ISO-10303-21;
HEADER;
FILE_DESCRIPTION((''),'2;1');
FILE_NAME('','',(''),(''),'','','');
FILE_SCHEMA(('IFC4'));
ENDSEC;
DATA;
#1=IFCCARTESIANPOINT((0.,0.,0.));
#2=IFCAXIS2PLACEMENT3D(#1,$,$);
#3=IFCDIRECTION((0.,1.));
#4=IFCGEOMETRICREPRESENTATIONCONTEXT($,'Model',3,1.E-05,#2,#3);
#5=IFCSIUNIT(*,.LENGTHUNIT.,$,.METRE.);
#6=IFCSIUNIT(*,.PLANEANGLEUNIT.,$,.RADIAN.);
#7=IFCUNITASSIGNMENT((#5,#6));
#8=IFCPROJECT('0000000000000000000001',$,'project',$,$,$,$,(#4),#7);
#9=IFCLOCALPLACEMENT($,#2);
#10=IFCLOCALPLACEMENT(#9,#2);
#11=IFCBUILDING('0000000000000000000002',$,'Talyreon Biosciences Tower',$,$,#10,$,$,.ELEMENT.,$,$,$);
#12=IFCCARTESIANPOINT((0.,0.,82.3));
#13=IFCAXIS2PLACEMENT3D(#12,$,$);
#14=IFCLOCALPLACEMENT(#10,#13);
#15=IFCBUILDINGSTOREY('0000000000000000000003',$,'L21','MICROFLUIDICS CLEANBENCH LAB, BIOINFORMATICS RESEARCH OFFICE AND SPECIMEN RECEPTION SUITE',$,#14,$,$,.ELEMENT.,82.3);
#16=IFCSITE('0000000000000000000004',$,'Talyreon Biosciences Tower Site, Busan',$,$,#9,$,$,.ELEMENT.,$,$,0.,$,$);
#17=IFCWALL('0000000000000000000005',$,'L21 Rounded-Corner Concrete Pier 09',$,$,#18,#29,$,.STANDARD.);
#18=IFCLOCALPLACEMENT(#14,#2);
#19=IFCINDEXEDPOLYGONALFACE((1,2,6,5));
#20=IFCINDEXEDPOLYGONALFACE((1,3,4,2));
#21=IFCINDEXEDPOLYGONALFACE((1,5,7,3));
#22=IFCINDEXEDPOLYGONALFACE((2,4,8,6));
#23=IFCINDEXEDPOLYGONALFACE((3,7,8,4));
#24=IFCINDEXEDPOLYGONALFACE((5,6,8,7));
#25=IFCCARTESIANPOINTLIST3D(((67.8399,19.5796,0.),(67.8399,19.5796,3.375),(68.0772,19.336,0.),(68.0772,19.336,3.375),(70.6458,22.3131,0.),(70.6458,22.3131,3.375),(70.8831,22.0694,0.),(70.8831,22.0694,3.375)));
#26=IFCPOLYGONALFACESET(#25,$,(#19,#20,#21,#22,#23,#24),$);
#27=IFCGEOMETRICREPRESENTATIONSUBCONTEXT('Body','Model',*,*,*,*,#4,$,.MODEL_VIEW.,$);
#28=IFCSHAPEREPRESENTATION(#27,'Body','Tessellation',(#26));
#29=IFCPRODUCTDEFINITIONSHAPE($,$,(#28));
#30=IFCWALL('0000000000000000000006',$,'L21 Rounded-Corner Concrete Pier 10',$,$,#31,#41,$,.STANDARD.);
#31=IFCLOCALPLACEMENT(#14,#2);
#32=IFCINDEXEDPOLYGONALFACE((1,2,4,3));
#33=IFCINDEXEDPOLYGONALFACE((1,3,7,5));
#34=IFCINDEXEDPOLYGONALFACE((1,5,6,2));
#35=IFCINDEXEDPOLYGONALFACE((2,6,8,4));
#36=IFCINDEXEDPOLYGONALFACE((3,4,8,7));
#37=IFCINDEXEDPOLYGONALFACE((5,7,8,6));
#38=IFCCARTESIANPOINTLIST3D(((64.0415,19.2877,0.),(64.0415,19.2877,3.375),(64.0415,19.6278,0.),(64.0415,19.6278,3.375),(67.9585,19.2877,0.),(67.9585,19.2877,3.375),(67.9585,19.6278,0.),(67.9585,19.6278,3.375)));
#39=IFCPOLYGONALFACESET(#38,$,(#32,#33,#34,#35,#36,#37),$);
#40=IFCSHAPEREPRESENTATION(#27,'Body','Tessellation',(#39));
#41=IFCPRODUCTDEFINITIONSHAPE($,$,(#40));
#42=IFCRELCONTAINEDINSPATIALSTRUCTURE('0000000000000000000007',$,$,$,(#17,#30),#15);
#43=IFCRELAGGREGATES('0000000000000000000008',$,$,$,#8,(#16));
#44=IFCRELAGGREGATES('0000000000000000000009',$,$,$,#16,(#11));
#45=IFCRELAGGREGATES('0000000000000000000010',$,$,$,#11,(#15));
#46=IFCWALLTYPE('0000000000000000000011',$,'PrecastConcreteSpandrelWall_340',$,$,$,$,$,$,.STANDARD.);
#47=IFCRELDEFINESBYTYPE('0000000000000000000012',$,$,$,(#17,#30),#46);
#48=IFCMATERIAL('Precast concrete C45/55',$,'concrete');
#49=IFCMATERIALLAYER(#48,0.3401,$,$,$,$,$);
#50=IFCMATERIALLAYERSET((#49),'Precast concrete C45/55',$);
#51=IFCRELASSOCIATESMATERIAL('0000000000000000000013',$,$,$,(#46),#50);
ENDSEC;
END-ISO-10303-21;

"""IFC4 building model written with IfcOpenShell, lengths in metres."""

from ifc_helpers import new_model, si_unit, direction, frame, frame_2d, origin, place, context, subcontext, project, spatial, rectangle, extrude, material, layer, layer_set, type_object, element, save


model = new_model("IFC4")

# Units and contexts
model_context = context("Model", 3, precision=1e-05, world=origin(), true_north=direction((0.0, 1.0)))
body_context = subcontext(model_context, "Body", "Model", "MODEL_VIEW")
ifc_project = project(units=[si_unit("LENGTHUNIT", "METRE"), si_unit("PLANEANGLEUNIT", "RADIAN")], contexts=[model_context])

# Site, building, storey
site_placement = place(None, origin())
site = spatial("IfcSite", under=ifc_project, at=site_placement, Name="Talyreon Biosciences Tower Site, Busan", CompositionType="ELEMENT", RefElevation=0.0)
building_placement = place(site_placement, origin())
building = spatial("IfcBuilding", under=site, at=building_placement, Name="Talyreon Biosciences Tower", CompositionType="ELEMENT")
storey_placement = place(building_placement, frame((0.0, 0.0, 82.3)))
storey = spatial("IfcBuildingStorey", under=building, at=storey_placement, Name="L21", Description="MICROFLUIDICS CLEANBENCH LAB, BIOINFORMATICS RESEARCH OFFICE AND SPECIMEN RECEPTION SUITE", CompositionType="ELEMENT", Elevation=82.3)

# Shared definitions
ifc_material_1 = material(Name="Precast concrete C45/55", Category="concrete")

# Walls
ifc_layer_1 = layer(ifc_material_1, 0.3401)
ifc_layer_set_1 = layer_set([ifc_layer_1], Name="Precast concrete C45/55")
wall_type = type_object("IfcWallType", Name="PrecastConcreteSpandrelWall_340", PredefinedType="STANDARD", material=ifc_layer_set_1)
wall_1_placement = place(storey_placement, frame((70.7644, 22.1912, 0.0), z_axis=(0.0, 0.0, 1.0), x_axis=(-0.716301, -0.697791, 0.0)))
element("IfcWall", 1, at=wall_1_placement, inside=storey, type_object=wall_type, Name="L21 Rounded-Corner Concrete Pier 09", PredefinedType="STANDARD", context=body_context, shape_type="SweptSolid", body=[
    extrude(rectangle(XDim=3.9172, YDim=0.3401, at=frame_2d((1.9585, 0.0))), origin(), (0.0, 0.0, 1.0), 3.375),
])
wall_2_placement = place(storey_placement, frame((67.9585, 19.4578, 0.0), z_axis=(0.0, 0.0, 1.0), x_axis=(-1.0, 0.0, 0.0)))
element("IfcWall", 2, at=wall_2_placement, inside=storey, type_object=wall_type, Name="L21 Rounded-Corner Concrete Pier 10", PredefinedType="STANDARD", context=body_context, shape_type="SweptSolid", body=[
    extrude(rectangle(XDim=3.917, YDim=0.3401, at=frame_2d((1.9585, 0.0))), origin(), (0.0, 0.0, 1.0), 3.375),
])

save(model, "model.ifc")
